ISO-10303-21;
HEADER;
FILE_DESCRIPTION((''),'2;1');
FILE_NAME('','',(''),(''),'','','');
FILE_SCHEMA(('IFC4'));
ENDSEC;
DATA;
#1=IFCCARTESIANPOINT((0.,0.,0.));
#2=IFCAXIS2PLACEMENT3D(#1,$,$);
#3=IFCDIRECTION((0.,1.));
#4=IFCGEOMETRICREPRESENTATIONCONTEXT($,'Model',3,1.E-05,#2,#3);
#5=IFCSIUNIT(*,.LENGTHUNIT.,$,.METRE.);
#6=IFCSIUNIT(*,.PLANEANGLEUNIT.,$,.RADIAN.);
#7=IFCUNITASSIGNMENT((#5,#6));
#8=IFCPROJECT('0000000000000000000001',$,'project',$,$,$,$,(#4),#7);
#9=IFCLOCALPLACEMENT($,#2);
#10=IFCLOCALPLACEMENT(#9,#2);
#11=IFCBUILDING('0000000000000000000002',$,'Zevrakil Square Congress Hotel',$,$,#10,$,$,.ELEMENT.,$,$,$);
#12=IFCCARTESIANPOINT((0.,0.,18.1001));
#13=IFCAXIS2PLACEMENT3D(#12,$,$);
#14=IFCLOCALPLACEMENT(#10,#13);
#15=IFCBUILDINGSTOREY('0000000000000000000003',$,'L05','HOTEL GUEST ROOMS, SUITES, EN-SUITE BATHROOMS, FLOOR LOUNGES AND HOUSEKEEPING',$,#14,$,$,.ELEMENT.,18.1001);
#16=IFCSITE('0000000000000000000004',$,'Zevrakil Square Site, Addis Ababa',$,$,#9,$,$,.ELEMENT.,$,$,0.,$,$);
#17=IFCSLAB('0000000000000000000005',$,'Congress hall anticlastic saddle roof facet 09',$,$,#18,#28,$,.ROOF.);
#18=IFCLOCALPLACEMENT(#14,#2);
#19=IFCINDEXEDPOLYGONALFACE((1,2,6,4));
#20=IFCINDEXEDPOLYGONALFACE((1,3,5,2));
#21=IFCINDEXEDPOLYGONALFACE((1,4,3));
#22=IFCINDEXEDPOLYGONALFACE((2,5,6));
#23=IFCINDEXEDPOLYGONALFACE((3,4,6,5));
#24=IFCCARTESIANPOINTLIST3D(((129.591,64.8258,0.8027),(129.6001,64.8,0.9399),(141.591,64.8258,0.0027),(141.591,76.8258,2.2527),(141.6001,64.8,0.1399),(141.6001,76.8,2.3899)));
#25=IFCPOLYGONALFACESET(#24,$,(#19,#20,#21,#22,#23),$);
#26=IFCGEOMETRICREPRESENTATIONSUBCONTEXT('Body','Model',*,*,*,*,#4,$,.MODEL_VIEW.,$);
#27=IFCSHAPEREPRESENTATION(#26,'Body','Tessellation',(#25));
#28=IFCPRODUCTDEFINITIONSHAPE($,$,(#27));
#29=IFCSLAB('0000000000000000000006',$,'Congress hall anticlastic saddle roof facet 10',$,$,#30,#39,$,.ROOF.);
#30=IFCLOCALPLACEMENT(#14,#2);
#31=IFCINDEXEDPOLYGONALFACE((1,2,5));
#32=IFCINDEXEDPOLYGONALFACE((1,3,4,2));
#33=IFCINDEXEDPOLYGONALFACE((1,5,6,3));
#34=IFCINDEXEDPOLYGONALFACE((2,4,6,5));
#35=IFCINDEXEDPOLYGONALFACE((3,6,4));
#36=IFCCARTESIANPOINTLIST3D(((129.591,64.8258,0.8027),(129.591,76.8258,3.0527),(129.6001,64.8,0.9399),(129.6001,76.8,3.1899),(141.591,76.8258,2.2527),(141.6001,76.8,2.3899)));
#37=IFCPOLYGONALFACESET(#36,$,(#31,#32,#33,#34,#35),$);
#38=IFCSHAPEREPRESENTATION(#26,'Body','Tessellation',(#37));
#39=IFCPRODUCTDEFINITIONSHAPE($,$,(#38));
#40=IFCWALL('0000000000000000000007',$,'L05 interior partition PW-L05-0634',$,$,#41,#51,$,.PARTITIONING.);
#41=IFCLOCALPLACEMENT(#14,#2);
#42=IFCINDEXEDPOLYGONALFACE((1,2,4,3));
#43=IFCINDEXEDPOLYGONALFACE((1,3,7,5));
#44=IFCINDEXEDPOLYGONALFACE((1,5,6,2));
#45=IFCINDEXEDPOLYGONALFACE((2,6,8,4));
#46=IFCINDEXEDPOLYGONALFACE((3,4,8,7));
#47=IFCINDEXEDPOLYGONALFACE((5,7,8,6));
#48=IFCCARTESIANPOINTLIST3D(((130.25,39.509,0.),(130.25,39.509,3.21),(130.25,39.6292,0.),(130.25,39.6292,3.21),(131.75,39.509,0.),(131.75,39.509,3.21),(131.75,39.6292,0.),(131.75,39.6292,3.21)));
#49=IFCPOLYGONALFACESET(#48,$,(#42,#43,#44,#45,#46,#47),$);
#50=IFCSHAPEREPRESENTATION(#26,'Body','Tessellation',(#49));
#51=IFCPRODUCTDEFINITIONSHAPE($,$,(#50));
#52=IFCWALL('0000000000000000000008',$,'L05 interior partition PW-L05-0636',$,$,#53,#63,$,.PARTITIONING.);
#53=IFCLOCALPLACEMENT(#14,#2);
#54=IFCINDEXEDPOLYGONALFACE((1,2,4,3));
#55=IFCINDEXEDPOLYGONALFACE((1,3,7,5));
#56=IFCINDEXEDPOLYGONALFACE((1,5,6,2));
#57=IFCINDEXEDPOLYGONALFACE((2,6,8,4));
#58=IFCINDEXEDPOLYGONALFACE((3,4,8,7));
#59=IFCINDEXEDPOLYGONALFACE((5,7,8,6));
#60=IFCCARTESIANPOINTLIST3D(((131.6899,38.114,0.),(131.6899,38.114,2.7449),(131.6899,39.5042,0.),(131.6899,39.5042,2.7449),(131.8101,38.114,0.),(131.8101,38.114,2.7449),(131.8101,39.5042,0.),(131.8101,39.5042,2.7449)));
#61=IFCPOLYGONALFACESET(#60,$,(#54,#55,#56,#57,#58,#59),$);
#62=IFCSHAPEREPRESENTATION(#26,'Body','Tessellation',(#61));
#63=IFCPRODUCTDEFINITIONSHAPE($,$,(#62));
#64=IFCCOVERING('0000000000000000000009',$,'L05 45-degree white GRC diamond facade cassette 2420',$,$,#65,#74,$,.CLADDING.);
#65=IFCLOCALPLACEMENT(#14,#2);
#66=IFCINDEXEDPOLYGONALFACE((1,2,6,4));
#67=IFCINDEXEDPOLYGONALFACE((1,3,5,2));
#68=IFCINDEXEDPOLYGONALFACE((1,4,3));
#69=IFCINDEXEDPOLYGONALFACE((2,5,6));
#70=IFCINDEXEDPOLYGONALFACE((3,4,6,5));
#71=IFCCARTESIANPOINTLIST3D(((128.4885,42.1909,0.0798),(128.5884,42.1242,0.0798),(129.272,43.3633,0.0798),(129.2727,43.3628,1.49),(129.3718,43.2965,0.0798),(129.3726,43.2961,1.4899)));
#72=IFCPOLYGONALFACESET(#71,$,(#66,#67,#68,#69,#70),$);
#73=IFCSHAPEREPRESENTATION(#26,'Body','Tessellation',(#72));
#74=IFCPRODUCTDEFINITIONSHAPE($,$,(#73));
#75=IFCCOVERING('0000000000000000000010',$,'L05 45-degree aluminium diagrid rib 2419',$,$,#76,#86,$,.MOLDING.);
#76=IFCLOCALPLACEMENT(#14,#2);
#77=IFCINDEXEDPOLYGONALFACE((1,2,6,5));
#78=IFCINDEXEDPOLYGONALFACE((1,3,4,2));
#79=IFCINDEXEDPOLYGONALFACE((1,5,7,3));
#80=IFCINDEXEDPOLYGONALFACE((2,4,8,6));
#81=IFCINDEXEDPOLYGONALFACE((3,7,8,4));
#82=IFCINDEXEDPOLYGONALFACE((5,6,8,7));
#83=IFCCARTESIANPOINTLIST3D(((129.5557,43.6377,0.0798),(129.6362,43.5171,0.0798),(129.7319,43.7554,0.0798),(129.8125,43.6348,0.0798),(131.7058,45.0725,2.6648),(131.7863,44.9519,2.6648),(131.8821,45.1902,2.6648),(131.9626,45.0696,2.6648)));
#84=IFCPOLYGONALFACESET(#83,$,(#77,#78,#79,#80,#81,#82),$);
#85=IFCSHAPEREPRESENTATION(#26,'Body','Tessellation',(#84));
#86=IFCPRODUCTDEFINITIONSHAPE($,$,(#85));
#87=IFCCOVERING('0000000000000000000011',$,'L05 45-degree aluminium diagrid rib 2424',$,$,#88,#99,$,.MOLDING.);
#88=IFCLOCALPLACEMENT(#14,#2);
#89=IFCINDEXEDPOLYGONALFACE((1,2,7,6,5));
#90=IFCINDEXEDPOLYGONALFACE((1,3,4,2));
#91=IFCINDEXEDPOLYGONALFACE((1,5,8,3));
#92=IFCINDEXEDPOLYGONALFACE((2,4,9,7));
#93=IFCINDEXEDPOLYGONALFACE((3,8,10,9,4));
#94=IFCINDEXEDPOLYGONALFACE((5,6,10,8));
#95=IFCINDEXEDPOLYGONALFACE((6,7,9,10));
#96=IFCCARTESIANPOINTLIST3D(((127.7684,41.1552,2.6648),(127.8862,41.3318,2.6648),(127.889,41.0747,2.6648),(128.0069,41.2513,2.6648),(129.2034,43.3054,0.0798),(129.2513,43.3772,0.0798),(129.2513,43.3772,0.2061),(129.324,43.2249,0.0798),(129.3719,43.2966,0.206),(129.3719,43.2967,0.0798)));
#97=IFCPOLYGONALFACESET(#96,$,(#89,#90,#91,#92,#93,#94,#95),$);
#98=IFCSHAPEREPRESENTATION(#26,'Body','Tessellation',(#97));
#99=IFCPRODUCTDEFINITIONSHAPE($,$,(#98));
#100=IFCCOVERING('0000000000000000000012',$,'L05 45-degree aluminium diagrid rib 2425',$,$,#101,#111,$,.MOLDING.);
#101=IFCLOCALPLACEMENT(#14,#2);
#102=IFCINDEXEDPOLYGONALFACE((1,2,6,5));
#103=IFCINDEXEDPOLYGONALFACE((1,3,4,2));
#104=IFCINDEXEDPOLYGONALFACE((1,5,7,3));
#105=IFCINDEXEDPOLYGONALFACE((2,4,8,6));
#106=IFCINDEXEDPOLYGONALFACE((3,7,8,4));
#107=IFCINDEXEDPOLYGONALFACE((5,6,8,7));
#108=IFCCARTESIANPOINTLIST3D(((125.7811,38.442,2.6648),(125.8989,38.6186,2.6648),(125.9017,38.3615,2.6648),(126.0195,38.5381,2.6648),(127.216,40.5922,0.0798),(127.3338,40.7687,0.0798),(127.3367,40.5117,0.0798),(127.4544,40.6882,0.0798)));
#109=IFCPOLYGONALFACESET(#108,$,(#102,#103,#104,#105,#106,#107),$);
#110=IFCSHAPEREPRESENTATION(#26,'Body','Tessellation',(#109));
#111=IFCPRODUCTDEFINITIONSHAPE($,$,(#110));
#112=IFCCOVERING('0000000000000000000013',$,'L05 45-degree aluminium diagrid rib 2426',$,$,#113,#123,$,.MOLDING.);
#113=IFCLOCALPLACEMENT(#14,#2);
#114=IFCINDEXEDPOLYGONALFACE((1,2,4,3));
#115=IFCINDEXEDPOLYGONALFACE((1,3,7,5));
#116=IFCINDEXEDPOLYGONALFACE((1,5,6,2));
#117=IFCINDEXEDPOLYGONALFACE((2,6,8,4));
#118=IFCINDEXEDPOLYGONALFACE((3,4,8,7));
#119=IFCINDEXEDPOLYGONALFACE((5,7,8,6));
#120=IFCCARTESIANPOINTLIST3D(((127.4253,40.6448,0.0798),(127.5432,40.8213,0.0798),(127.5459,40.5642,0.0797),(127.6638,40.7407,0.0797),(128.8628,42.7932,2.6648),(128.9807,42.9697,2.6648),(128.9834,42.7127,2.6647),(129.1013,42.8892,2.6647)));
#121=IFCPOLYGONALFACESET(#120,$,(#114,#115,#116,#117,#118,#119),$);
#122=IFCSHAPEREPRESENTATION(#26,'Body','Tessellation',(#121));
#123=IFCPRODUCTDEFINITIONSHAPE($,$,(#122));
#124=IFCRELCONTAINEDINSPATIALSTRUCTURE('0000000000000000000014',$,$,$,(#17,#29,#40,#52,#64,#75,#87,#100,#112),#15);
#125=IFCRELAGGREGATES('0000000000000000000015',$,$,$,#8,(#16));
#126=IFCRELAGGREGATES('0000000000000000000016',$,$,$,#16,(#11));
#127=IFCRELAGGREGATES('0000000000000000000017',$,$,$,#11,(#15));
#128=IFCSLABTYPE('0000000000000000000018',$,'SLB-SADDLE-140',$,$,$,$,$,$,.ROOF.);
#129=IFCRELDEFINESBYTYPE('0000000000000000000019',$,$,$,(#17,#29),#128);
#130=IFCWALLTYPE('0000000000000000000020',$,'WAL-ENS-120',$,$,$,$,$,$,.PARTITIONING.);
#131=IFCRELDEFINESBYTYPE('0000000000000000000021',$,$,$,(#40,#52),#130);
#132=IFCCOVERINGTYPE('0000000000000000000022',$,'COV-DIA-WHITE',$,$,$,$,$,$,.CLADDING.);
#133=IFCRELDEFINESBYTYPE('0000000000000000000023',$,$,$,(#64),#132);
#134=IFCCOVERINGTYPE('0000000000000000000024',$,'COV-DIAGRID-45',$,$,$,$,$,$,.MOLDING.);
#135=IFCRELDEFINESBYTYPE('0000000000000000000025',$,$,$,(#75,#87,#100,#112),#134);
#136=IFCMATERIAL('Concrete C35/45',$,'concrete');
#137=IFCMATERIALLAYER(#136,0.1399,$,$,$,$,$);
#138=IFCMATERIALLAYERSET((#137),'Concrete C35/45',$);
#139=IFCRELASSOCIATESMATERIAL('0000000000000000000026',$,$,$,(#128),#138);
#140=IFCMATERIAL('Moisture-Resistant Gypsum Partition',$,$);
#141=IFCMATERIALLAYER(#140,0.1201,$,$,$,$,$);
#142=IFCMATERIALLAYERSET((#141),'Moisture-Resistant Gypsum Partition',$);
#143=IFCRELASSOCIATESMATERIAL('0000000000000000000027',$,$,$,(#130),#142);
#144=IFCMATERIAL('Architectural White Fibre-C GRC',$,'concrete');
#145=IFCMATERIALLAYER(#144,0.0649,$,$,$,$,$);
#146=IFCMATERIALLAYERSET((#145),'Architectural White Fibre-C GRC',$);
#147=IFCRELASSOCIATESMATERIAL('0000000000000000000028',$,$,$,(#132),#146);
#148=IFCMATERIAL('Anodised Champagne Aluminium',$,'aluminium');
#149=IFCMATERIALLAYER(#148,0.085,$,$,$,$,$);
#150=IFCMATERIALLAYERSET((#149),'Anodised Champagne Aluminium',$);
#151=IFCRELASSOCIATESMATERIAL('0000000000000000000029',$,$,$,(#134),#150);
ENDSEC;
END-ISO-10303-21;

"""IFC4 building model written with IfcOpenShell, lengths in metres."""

from ifc_helpers import new_model, si_unit, direction, frame, frame_2d, origin, place, context, subcontext, project, spatial, polyline, rectangle, outline, extrude, material, layer, layer_set, type_object, element, save


model = new_model("IFC4")

# Units and contexts
model_context = context("Model", 3, precision=1e-05, world=origin(), true_north=direction((0.0, 1.0)))
body_context = subcontext(model_context, "Body", "Model", "MODEL_VIEW")
ifc_project = project(units=[si_unit("LENGTHUNIT", "METRE"), si_unit("PLANEANGLEUNIT", "RADIAN")], contexts=[model_context])

# Site, building, storey
site_placement = place(None, origin())
site = spatial("IfcSite", under=ifc_project, at=site_placement, Name="Zevrakil Square Site, Addis Ababa", CompositionType="ELEMENT", RefElevation=0.0)
building_placement = place(site_placement, origin())
building = spatial("IfcBuilding", under=site, at=building_placement, Name="Zevrakil Square Congress Hotel", CompositionType="ELEMENT")
storey_placement = place(building_placement, frame((0.0, 0.0, 18.1001)))
storey = spatial("IfcBuildingStorey", under=building, at=storey_placement, Name="L05", Description="HOTEL GUEST ROOMS, SUITES, EN-SUITE BATHROOMS, FLOOR LOUNGES AND HOUSEKEEPING", CompositionType="ELEMENT", Elevation=18.1001)

# Slabs
ifc_material_1 = material(Name="Concrete C35/45", Category="concrete")
ifc_layer_1 = layer(ifc_material_1, 0.1399)
ifc_layer_set_1 = layer_set([ifc_layer_1], Name="Concrete C35/45")
slab_type = type_object("IfcSlabType", Name="SLB-SADDLE-140", PredefinedType="ROOF", material=ifc_layer_set_1)
slab_1_placement = place(storey_placement, frame((129.6001, 64.8, 0.9399), z_axis=(0.065389, -0.183894, 0.980769), x_axis=(0.997785, 0.0, -0.066523)))
element("IfcSlab", 1, at=slab_1_placement, inside=storey, type_object=slab_type, Name="Congress hall anticlastic saddle roof facet 09", PredefinedType="ROOF", context=body_context, shape_type="SweptSolid", body=[
    extrude(outline(polyline([(0.0, 0.0), (12.0266, 0.0), (11.877, 12.2082), (0.0, 0.0)])), origin(), (0.0, 0.0, -1.0), 0.1399),
])
slab_2_placement = place(storey_placement, frame((129.6001, 64.8, 0.9399), z_axis=(0.065389, -0.183894, 0.980769), x_axis=(0.70454, 0.70454, 0.085129)))
element("IfcSlab", 2, at=slab_2_placement, inside=storey, type_object=slab_type, Name="Congress hall anticlastic saddle roof facet 10", PredefinedType="ROOF", context=body_context, shape_type="SweptSolid", body=[
    extrude(outline(polyline([(0.0, 0.0), (17.0324, 0.0), (8.646, 8.6203), (0.0, 0.0)])), origin(), (0.0, 0.0, -1.0), 0.1399),
])

# Walls
ifc_material_2 = material(Name="Moisture-Resistant Gypsum Partition")
ifc_layer_2 = layer(ifc_material_2, 0.1201)
ifc_layer_set_2 = layer_set([ifc_layer_2], Name="Moisture-Resistant Gypsum Partition")
wall_type = type_object("IfcWallType", Name="WAL-ENS-120", PredefinedType="PARTITIONING", material=ifc_layer_set_2)
wall_1_placement = place(storey_placement, frame((130.25, 39.5691, 0.0), z_axis=(0.0, 0.0, 1.0), x_axis=(1.0, 0.0, 0.0)))
element("IfcWall", 3, at=wall_1_placement, inside=storey, type_object=wall_type, Name="L05 interior partition PW-L05-0634", PredefinedType="PARTITIONING", context=body_context, shape_type="SweptSolid", body=[
    extrude(rectangle(XDim=1.5, YDim=0.1201, at=frame_2d((0.75, 0.0))), origin(), (0.0, 0.0, 1.0), 3.21),
])
wall_2_placement = place(storey_placement, frame((131.75, 38.114, 0.0), z_axis=(0.0, 0.0, 1.0), x_axis=(0.0, 1.0, 0.0)))
element("IfcWall", 4, at=wall_2_placement, inside=storey, type_object=wall_type, Name="L05 interior partition PW-L05-0636", PredefinedType="PARTITIONING", context=body_context, shape_type="SweptSolid", body=[
    extrude(rectangle(XDim=1.3901, YDim=0.1201, at=frame_2d((0.6951, 0.0))), origin(), (0.0, 0.0, 1.0), 2.7449),
])

# Coverings
ifc_material_3 = material(Name="Architectural White Fibre-C GRC", Category="concrete")
ifc_layer_3 = layer(ifc_material_3, 0.0649)
ifc_layer_set_3 = layer_set([ifc_layer_3], Name="Architectural White Fibre-C GRC")
covering_type_1 = type_object("IfcCoveringType", Name="COV-DIA-WHITE", PredefinedType="CLADDING", material=ifc_layer_set_3)
covering_1_placement = place(storey_placement, frame((128.4885, 42.1909, 0.0798), z_axis=(-0.831437, 0.555619, 0.000624), x_axis=(0.555619, 0.831437, 0.0)))
element("IfcCovering", 5, at=covering_1_placement, inside=storey, type_object=covering_type_1, Name="L05 45-degree white GRC diamond facade cassette 2420", PredefinedType="CLADDING", context=body_context, shape_type="SweptSolid", body=[
    extrude(outline(polyline([(0.0, 0.0), (1.41, 0.0), (1.41, -1.4102), (0.0, 0.0)])), origin(), (0.0, 0.0, -1.0), 0.1201),
])
ifc_material_4 = material(Name="Anodised Champagne Aluminium", Category="aluminium")
ifc_layer_4 = layer(ifc_material_4, 0.085)
ifc_layer_set_4 = layer_set([ifc_layer_4], Name="Anodised Champagne Aluminium")
covering_type_2 = type_object("IfcCoveringType", Name="COV-DIAGRID-45", PredefinedType="MOLDING", material=ifc_layer_set_4)
covering_2_placement = place(storey_placement, frame((131.8821, 45.1902, 2.6648), z_axis=(-0.555232, 0.831696, 0.000194), x_axis=(-0.831696, -0.555232, 0.0)))
element("IfcCovering", 6, at=covering_2_placement, inside=storey, type_object=covering_type_2, Name="L05 45-degree aluminium diagrid rib 2419", PredefinedType="MOLDING", context=body_context, shape_type="SweptSolid", body=[
    extrude(outline(polyline([(0.0, 0.0), (0.2119, 0.0), (2.7969, -2.585), (2.5849, -2.585), (0.0, 0.0)])), origin(), (0.0, 0.0, -1.0), 0.145),
])
covering_3_placement = place(storey_placement, frame((129.2034, 43.3054, 0.0798), z_axis=(-0.831706, 0.555216, 0.000128), x_axis=(0.555216, 0.831706, 0.0)))
element("IfcCovering", 7, at=covering_3_placement, inside=storey, type_object=covering_type_2, Name="L05 45-degree aluminium diagrid rib 2424", PredefinedType="MOLDING", context=body_context, shape_type="SweptSolid", body=[
    extrude(outline(polyline([(0.0, 0.0), (0.0863, 0.0), (0.0863, -0.1262), (-2.3728, -2.585), (-2.5851, -2.585), (0.0, 0.0)])), origin(), (0.0, 0.0, -1.0), 0.145),
])
covering_4_placement = place(storey_placement, frame((127.3367, 40.5117, 0.0798), z_axis=(0.831785, -0.555098, 0.000006), x_axis=(0.555098, 0.831785, 0.0)))
element("IfcCovering", 8, at=covering_4_placement, inside=storey, type_object=covering_type_2, Name="L05 45-degree aluminium diagrid rib 2425", PredefinedType="MOLDING", context=body_context, shape_type="SweptSolid", body=[
    extrude(outline(polyline([(0.0, 0.0), (0.2121, 0.0), (-2.3728, 2.585), (-2.5851, 2.585), (0.0, 0.0)])), origin(), (0.0, 0.0, -1.0), 0.145),
])
covering_5_placement = place(storey_placement, frame((128.9807, 42.9697, 2.6648), z_axis=(-0.831519, 0.555496, 0.00072), x_axis=(-0.555496, -0.831519, 0.0)))
element("IfcCovering", 9, at=covering_5_placement, inside=storey, type_object=covering_type_2, Name="L05 45-degree aluminium diagrid rib 2426", PredefinedType="MOLDING", context=body_context, shape_type="SweptSolid", body=[
    extrude(outline(polyline([(0.0, 0.0), (0.2123, 0.0), (2.7973, -2.585), (2.585, -2.585), (0.0, 0.0)])), origin(), (0.0, 0.0, -1.0), 0.145),
])

save(model, "model.ifc")
